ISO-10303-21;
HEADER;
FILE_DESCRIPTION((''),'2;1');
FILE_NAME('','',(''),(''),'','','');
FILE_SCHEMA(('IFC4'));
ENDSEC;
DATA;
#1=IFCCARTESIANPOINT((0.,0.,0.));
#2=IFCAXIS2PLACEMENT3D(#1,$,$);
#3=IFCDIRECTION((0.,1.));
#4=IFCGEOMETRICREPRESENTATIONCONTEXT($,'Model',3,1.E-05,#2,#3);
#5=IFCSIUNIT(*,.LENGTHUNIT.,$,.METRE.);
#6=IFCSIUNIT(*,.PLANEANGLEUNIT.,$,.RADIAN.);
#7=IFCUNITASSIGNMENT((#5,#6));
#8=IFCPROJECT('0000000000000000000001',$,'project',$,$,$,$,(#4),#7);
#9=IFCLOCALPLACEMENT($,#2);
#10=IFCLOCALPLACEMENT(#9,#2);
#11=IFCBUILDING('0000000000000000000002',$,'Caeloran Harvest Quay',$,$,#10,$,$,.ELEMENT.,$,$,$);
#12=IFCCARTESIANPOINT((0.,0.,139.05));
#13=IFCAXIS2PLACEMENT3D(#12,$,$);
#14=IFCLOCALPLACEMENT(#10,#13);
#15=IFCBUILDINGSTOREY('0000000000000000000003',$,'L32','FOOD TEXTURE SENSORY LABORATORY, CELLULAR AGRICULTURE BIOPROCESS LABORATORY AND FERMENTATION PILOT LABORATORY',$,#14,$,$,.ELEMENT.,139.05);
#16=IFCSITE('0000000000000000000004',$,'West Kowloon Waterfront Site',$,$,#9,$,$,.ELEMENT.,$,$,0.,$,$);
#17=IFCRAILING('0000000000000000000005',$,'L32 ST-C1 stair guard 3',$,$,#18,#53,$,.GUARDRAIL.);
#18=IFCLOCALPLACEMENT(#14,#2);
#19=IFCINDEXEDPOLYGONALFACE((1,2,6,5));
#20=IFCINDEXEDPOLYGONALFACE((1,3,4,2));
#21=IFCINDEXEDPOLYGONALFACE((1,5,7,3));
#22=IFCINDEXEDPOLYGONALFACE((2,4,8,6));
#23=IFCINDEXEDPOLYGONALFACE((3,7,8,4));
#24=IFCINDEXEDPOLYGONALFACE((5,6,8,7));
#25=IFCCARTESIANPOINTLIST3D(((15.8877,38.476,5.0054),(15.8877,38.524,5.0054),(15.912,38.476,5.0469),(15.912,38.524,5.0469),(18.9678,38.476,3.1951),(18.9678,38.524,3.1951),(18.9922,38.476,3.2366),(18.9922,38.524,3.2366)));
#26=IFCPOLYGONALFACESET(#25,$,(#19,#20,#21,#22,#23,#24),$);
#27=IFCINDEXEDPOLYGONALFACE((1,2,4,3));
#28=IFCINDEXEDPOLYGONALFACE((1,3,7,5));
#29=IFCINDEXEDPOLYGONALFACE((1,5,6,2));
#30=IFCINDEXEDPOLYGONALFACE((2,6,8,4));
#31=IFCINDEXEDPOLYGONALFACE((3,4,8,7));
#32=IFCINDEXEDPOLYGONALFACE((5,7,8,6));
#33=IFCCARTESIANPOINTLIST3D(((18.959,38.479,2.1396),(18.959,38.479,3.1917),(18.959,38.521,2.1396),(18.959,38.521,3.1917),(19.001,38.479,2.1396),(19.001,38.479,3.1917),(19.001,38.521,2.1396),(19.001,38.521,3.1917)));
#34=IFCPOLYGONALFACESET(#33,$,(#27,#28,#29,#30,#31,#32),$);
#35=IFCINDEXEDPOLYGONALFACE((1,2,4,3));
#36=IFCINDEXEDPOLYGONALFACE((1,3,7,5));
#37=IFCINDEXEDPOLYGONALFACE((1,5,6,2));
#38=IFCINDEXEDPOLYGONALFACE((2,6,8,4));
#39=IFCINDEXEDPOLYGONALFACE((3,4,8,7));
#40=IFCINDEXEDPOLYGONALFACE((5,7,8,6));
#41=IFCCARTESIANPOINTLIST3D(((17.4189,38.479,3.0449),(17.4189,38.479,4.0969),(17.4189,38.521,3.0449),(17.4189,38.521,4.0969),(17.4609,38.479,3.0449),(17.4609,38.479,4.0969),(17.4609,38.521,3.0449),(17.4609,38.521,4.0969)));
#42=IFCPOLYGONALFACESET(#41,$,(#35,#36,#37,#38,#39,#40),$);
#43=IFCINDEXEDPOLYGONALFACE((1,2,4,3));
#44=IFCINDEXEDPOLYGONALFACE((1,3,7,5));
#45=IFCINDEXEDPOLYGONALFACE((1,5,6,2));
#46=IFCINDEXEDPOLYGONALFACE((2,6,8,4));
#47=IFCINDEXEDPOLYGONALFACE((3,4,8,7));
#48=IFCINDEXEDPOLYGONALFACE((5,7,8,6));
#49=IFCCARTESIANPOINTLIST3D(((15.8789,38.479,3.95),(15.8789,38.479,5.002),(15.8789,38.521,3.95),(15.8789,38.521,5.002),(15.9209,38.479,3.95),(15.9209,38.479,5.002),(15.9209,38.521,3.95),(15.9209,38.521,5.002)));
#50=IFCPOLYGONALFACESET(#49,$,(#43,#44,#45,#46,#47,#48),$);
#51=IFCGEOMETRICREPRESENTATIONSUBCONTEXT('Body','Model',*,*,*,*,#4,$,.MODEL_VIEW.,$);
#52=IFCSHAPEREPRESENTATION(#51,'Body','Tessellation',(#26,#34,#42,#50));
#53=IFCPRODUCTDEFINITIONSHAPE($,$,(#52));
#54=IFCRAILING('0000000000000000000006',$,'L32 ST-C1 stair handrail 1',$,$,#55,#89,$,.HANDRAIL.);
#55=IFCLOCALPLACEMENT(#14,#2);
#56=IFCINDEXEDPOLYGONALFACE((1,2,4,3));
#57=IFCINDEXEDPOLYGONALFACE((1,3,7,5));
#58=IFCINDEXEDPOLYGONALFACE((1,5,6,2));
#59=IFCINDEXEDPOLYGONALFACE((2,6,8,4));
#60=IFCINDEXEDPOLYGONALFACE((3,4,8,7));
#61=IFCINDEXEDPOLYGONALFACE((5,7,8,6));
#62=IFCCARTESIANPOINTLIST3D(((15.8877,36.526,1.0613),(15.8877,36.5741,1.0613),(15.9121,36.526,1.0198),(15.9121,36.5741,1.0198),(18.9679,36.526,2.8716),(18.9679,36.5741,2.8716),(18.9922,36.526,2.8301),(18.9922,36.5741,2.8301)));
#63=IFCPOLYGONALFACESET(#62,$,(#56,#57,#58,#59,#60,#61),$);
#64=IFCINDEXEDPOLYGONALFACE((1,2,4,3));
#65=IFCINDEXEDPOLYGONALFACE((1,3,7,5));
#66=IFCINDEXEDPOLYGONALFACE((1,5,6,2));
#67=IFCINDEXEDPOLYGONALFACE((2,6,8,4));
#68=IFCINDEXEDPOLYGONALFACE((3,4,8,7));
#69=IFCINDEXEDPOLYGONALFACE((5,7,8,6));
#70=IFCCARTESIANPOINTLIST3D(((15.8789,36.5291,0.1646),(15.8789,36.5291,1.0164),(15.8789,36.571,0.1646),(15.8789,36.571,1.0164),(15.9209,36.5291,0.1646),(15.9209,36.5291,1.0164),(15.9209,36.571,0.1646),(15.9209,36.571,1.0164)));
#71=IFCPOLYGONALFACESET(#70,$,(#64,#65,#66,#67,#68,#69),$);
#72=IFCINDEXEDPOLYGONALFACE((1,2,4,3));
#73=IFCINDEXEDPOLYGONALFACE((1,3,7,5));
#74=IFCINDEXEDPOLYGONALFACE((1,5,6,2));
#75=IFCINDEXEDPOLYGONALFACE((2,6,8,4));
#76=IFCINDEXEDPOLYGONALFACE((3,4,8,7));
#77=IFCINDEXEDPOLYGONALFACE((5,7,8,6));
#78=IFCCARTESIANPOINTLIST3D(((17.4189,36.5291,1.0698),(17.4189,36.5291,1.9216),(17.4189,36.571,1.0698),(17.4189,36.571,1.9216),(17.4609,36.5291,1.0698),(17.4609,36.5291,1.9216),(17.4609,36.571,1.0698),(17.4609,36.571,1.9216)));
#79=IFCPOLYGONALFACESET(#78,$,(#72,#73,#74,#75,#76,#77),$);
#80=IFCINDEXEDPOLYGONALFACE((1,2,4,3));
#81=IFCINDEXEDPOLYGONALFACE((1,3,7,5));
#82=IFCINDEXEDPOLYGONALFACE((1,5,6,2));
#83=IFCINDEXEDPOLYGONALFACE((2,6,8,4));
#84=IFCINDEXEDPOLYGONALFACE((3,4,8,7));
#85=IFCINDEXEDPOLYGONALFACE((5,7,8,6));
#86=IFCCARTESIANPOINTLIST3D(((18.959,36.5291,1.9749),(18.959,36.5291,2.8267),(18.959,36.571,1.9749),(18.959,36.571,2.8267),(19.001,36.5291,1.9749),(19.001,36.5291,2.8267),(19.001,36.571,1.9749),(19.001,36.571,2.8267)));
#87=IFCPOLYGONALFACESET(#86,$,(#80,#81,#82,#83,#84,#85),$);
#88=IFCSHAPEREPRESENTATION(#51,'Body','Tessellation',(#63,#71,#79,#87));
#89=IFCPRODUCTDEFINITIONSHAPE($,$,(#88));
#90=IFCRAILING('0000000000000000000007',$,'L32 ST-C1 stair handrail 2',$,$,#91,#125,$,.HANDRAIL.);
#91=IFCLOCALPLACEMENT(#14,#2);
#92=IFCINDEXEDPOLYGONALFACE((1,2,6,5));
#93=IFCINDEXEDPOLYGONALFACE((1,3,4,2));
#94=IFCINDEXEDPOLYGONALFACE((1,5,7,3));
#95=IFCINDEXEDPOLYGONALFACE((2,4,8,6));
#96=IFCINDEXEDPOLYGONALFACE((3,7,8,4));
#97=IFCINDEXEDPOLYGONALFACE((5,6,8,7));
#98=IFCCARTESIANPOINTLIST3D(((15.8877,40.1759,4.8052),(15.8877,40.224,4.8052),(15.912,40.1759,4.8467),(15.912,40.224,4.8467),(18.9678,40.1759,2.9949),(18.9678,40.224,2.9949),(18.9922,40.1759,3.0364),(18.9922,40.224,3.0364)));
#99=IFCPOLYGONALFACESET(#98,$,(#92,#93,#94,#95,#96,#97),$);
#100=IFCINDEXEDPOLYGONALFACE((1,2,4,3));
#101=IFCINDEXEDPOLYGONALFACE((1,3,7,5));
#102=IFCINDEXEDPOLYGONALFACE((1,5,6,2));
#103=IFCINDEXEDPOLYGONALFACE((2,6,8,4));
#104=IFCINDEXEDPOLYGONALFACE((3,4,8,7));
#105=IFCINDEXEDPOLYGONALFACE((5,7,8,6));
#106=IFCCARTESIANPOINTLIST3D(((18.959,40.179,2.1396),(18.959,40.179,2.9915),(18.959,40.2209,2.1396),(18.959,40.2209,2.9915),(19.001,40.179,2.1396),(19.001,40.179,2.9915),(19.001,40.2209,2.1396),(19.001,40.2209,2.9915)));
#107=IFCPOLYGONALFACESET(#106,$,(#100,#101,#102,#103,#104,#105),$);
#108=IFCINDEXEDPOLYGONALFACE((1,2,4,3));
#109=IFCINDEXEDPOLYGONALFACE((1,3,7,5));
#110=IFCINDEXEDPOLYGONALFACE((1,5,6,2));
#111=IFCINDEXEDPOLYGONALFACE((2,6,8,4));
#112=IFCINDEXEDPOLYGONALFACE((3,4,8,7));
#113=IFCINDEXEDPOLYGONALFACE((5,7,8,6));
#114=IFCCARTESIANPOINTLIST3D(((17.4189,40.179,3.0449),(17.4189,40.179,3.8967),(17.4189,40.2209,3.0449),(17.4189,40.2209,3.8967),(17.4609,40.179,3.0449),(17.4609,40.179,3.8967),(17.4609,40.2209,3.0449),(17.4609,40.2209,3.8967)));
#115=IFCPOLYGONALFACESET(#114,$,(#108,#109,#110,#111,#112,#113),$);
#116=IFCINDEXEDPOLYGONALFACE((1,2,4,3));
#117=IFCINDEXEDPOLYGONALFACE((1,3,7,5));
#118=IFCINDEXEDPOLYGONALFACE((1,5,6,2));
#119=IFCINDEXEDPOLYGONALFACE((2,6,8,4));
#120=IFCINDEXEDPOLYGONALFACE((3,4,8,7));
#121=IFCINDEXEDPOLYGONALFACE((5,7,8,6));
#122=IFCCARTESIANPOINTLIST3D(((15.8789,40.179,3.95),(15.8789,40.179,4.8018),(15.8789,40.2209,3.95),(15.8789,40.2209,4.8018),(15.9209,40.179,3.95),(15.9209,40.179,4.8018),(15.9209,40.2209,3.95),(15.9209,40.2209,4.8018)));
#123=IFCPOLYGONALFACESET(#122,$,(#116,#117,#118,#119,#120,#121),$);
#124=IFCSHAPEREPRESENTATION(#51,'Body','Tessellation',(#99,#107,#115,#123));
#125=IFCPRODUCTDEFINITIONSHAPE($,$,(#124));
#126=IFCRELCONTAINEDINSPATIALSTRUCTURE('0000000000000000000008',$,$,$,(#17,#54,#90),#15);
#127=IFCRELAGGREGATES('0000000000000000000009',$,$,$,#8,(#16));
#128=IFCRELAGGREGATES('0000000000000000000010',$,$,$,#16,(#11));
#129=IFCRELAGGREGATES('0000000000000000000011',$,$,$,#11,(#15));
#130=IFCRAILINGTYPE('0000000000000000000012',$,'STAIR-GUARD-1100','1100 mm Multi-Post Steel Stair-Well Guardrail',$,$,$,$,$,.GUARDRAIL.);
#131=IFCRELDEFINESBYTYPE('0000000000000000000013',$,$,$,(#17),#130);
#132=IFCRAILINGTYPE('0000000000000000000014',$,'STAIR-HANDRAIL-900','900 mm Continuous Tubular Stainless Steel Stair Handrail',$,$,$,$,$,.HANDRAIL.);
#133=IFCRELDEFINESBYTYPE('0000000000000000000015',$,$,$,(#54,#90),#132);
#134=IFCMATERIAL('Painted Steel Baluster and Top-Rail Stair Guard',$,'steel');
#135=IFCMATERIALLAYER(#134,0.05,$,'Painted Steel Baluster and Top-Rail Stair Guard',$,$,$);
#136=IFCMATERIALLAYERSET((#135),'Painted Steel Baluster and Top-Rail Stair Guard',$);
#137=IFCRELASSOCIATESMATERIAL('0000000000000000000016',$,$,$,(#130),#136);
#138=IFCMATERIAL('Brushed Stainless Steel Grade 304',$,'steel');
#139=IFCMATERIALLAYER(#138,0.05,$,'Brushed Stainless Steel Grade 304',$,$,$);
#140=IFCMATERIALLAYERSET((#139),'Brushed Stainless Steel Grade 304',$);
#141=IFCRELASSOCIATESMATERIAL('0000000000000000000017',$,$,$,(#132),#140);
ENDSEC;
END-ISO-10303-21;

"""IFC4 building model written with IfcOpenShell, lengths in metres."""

from ifc_helpers import new_model, si_unit, direction, frame, origin, origin_2d, place, context, subcontext, project, spatial, rectangle, extrude, material, layer, layer_set, type_object, element, save


model = new_model("IFC4")

# Units and contexts
model_context = context("Model", 3, precision=1e-05, world=origin(), true_north=direction((0.0, 1.0)))
body_context = subcontext(model_context, "Body", "Model", "MODEL_VIEW")
ifc_project = project(units=[si_unit("LENGTHUNIT", "METRE"), si_unit("PLANEANGLEUNIT", "RADIAN")], contexts=[model_context])

# Site, building, storey
site_placement = place(None, origin())
site = spatial("IfcSite", under=ifc_project, at=site_placement, Name="West Kowloon Waterfront Site", CompositionType="ELEMENT", RefElevation=0.0)
building_placement = place(site_placement, origin())
building = spatial("IfcBuilding", under=site, at=building_placement, Name="Caeloran Harvest Quay", CompositionType="ELEMENT")
storey_placement = place(building_placement, frame((0.0, 0.0, 139.05)))
storey = spatial("IfcBuildingStorey", under=building, at=storey_placement, Name="L32", Description="FOOD TEXTURE SENSORY LABORATORY, CELLULAR AGRICULTURE BIOPROCESS LABORATORY AND FERMENTATION PILOT LABORATORY", CompositionType="ELEMENT", Elevation=139.05)

# Railings
ifc_material_1 = material(Name="Painted Steel Baluster and Top-Rail Stair Guard", Category="steel")
ifc_layer_1 = layer(ifc_material_1, 0.05, Name="Painted Steel Baluster and Top-Rail Stair Guard")
ifc_layer_set_1 = layer_set([ifc_layer_1], Name="Painted Steel Baluster and Top-Rail Stair Guard")
railing_type_1 = type_object("IfcRailingType", Name="STAIR-GUARD-1100", Description="1100 mm Multi-Post Steel Stair-Well Guardrail", PredefinedType="GUARDRAIL", material=ifc_layer_set_1)
railing_1_placement = place(storey_placement, frame((18.98, 38.5, 2.1396)))
element("IfcRailing", 1, at=railing_1_placement, inside=storey, type_object=railing_type_1, Name="L32 ST-C1 stair guard 3", PredefinedType="GUARDRAIL", context=body_context, shape_type="SweptSolid", body=[
    extrude(rectangle(XDim=0.0481, YDim=0.0481, at=origin_2d()), frame((0.0, 0.0, 1.0762), z_axis=(-0.862119, 0.0, 0.506707), x_axis=(0.0, -1.0, 0.0)), (0.0, 0.0, 1.0), 3.5728),
    extrude(rectangle(XDim=0.042, YDim=0.042, at=origin_2d()), origin(), (0.0, 0.0, 1.0), 1.052),
    extrude(rectangle(XDim=0.042, YDim=0.042, at=origin_2d()), frame((-1.54, 0.0, 0.9053)), (0.0, 0.0, 1.0), 1.052),
    extrude(rectangle(XDim=0.042, YDim=0.042, at=origin_2d()), frame((-3.0801, 0.0, 1.8103)), (0.0, 0.0, 1.0), 1.052),
])
ifc_material_2 = material(Name="Brushed Stainless Steel Grade 304", Category="steel")
ifc_layer_2 = layer(ifc_material_2, 0.05, Name="Brushed Stainless Steel Grade 304")
ifc_layer_set_2 = layer_set([ifc_layer_2], Name="Brushed Stainless Steel Grade 304")
railing_type_2 = type_object("IfcRailingType", Name="STAIR-HANDRAIL-900", Description="900 mm Continuous Tubular Stainless Steel Stair Handrail", PredefinedType="HANDRAIL", material=ifc_layer_set_2)
railing_2_placement = place(storey_placement, frame((15.8999, 36.55, 0.1646)))
element("IfcRailing", 2, at=railing_2_placement, inside=storey, type_object=railing_type_2, Name="L32 ST-C1 stair handrail 1", PredefinedType="HANDRAIL", context=body_context, shape_type="SweptSolid", body=[
    extrude(rectangle(XDim=0.0481, YDim=0.0481, at=origin_2d()), frame((0.0, 0.0, 0.876), z_axis=(0.862119, 0.0, 0.506707), x_axis=(0.0, 1.0, 0.0)), (0.0, 0.0, 1.0), 3.5728),
    extrude(rectangle(XDim=0.042, YDim=0.042, at=origin_2d()), origin(), (0.0, 0.0, 1.0), 0.8518),
    extrude(rectangle(XDim=0.042, YDim=0.042, at=origin_2d()), frame((1.54, 0.0, 0.9053)), (0.0, 0.0, 1.0), 0.8518),
    extrude(rectangle(XDim=0.042, YDim=0.042, at=origin_2d()), frame((3.0801, 0.0, 1.8103)), (0.0, 0.0, 1.0), 0.8518),
])
railing_3_placement = place(storey_placement, frame((18.98, 40.2, 2.1396)))
element("IfcRailing", 3, at=railing_3_placement, inside=storey, type_object=railing_type_2, Name="L32 ST-C1 stair handrail 2", PredefinedType="HANDRAIL", context=body_context, shape_type="SweptSolid", body=[
    extrude(rectangle(XDim=0.0481, YDim=0.0481, at=origin_2d()), frame((0.0, 0.0, 0.876), z_axis=(-0.862119, 0.0, 0.506707), x_axis=(0.0, -1.0, 0.0)), (0.0, 0.0, 1.0), 3.5728),
    extrude(rectangle(XDim=0.042, YDim=0.042, at=origin_2d()), origin(), (0.0, 0.0, 1.0), 0.8518),
    extrude(rectangle(XDim=0.042, YDim=0.042, at=origin_2d()), frame((-1.54, 0.0, 0.9053)), (0.0, 0.0, 1.0), 0.8518),
    extrude(rectangle(XDim=0.042, YDim=0.042, at=origin_2d()), frame((-3.0801, 0.0, 1.8103)), (0.0, 0.0, 1.0), 0.8518),
])

save(model, "model.ifc")
